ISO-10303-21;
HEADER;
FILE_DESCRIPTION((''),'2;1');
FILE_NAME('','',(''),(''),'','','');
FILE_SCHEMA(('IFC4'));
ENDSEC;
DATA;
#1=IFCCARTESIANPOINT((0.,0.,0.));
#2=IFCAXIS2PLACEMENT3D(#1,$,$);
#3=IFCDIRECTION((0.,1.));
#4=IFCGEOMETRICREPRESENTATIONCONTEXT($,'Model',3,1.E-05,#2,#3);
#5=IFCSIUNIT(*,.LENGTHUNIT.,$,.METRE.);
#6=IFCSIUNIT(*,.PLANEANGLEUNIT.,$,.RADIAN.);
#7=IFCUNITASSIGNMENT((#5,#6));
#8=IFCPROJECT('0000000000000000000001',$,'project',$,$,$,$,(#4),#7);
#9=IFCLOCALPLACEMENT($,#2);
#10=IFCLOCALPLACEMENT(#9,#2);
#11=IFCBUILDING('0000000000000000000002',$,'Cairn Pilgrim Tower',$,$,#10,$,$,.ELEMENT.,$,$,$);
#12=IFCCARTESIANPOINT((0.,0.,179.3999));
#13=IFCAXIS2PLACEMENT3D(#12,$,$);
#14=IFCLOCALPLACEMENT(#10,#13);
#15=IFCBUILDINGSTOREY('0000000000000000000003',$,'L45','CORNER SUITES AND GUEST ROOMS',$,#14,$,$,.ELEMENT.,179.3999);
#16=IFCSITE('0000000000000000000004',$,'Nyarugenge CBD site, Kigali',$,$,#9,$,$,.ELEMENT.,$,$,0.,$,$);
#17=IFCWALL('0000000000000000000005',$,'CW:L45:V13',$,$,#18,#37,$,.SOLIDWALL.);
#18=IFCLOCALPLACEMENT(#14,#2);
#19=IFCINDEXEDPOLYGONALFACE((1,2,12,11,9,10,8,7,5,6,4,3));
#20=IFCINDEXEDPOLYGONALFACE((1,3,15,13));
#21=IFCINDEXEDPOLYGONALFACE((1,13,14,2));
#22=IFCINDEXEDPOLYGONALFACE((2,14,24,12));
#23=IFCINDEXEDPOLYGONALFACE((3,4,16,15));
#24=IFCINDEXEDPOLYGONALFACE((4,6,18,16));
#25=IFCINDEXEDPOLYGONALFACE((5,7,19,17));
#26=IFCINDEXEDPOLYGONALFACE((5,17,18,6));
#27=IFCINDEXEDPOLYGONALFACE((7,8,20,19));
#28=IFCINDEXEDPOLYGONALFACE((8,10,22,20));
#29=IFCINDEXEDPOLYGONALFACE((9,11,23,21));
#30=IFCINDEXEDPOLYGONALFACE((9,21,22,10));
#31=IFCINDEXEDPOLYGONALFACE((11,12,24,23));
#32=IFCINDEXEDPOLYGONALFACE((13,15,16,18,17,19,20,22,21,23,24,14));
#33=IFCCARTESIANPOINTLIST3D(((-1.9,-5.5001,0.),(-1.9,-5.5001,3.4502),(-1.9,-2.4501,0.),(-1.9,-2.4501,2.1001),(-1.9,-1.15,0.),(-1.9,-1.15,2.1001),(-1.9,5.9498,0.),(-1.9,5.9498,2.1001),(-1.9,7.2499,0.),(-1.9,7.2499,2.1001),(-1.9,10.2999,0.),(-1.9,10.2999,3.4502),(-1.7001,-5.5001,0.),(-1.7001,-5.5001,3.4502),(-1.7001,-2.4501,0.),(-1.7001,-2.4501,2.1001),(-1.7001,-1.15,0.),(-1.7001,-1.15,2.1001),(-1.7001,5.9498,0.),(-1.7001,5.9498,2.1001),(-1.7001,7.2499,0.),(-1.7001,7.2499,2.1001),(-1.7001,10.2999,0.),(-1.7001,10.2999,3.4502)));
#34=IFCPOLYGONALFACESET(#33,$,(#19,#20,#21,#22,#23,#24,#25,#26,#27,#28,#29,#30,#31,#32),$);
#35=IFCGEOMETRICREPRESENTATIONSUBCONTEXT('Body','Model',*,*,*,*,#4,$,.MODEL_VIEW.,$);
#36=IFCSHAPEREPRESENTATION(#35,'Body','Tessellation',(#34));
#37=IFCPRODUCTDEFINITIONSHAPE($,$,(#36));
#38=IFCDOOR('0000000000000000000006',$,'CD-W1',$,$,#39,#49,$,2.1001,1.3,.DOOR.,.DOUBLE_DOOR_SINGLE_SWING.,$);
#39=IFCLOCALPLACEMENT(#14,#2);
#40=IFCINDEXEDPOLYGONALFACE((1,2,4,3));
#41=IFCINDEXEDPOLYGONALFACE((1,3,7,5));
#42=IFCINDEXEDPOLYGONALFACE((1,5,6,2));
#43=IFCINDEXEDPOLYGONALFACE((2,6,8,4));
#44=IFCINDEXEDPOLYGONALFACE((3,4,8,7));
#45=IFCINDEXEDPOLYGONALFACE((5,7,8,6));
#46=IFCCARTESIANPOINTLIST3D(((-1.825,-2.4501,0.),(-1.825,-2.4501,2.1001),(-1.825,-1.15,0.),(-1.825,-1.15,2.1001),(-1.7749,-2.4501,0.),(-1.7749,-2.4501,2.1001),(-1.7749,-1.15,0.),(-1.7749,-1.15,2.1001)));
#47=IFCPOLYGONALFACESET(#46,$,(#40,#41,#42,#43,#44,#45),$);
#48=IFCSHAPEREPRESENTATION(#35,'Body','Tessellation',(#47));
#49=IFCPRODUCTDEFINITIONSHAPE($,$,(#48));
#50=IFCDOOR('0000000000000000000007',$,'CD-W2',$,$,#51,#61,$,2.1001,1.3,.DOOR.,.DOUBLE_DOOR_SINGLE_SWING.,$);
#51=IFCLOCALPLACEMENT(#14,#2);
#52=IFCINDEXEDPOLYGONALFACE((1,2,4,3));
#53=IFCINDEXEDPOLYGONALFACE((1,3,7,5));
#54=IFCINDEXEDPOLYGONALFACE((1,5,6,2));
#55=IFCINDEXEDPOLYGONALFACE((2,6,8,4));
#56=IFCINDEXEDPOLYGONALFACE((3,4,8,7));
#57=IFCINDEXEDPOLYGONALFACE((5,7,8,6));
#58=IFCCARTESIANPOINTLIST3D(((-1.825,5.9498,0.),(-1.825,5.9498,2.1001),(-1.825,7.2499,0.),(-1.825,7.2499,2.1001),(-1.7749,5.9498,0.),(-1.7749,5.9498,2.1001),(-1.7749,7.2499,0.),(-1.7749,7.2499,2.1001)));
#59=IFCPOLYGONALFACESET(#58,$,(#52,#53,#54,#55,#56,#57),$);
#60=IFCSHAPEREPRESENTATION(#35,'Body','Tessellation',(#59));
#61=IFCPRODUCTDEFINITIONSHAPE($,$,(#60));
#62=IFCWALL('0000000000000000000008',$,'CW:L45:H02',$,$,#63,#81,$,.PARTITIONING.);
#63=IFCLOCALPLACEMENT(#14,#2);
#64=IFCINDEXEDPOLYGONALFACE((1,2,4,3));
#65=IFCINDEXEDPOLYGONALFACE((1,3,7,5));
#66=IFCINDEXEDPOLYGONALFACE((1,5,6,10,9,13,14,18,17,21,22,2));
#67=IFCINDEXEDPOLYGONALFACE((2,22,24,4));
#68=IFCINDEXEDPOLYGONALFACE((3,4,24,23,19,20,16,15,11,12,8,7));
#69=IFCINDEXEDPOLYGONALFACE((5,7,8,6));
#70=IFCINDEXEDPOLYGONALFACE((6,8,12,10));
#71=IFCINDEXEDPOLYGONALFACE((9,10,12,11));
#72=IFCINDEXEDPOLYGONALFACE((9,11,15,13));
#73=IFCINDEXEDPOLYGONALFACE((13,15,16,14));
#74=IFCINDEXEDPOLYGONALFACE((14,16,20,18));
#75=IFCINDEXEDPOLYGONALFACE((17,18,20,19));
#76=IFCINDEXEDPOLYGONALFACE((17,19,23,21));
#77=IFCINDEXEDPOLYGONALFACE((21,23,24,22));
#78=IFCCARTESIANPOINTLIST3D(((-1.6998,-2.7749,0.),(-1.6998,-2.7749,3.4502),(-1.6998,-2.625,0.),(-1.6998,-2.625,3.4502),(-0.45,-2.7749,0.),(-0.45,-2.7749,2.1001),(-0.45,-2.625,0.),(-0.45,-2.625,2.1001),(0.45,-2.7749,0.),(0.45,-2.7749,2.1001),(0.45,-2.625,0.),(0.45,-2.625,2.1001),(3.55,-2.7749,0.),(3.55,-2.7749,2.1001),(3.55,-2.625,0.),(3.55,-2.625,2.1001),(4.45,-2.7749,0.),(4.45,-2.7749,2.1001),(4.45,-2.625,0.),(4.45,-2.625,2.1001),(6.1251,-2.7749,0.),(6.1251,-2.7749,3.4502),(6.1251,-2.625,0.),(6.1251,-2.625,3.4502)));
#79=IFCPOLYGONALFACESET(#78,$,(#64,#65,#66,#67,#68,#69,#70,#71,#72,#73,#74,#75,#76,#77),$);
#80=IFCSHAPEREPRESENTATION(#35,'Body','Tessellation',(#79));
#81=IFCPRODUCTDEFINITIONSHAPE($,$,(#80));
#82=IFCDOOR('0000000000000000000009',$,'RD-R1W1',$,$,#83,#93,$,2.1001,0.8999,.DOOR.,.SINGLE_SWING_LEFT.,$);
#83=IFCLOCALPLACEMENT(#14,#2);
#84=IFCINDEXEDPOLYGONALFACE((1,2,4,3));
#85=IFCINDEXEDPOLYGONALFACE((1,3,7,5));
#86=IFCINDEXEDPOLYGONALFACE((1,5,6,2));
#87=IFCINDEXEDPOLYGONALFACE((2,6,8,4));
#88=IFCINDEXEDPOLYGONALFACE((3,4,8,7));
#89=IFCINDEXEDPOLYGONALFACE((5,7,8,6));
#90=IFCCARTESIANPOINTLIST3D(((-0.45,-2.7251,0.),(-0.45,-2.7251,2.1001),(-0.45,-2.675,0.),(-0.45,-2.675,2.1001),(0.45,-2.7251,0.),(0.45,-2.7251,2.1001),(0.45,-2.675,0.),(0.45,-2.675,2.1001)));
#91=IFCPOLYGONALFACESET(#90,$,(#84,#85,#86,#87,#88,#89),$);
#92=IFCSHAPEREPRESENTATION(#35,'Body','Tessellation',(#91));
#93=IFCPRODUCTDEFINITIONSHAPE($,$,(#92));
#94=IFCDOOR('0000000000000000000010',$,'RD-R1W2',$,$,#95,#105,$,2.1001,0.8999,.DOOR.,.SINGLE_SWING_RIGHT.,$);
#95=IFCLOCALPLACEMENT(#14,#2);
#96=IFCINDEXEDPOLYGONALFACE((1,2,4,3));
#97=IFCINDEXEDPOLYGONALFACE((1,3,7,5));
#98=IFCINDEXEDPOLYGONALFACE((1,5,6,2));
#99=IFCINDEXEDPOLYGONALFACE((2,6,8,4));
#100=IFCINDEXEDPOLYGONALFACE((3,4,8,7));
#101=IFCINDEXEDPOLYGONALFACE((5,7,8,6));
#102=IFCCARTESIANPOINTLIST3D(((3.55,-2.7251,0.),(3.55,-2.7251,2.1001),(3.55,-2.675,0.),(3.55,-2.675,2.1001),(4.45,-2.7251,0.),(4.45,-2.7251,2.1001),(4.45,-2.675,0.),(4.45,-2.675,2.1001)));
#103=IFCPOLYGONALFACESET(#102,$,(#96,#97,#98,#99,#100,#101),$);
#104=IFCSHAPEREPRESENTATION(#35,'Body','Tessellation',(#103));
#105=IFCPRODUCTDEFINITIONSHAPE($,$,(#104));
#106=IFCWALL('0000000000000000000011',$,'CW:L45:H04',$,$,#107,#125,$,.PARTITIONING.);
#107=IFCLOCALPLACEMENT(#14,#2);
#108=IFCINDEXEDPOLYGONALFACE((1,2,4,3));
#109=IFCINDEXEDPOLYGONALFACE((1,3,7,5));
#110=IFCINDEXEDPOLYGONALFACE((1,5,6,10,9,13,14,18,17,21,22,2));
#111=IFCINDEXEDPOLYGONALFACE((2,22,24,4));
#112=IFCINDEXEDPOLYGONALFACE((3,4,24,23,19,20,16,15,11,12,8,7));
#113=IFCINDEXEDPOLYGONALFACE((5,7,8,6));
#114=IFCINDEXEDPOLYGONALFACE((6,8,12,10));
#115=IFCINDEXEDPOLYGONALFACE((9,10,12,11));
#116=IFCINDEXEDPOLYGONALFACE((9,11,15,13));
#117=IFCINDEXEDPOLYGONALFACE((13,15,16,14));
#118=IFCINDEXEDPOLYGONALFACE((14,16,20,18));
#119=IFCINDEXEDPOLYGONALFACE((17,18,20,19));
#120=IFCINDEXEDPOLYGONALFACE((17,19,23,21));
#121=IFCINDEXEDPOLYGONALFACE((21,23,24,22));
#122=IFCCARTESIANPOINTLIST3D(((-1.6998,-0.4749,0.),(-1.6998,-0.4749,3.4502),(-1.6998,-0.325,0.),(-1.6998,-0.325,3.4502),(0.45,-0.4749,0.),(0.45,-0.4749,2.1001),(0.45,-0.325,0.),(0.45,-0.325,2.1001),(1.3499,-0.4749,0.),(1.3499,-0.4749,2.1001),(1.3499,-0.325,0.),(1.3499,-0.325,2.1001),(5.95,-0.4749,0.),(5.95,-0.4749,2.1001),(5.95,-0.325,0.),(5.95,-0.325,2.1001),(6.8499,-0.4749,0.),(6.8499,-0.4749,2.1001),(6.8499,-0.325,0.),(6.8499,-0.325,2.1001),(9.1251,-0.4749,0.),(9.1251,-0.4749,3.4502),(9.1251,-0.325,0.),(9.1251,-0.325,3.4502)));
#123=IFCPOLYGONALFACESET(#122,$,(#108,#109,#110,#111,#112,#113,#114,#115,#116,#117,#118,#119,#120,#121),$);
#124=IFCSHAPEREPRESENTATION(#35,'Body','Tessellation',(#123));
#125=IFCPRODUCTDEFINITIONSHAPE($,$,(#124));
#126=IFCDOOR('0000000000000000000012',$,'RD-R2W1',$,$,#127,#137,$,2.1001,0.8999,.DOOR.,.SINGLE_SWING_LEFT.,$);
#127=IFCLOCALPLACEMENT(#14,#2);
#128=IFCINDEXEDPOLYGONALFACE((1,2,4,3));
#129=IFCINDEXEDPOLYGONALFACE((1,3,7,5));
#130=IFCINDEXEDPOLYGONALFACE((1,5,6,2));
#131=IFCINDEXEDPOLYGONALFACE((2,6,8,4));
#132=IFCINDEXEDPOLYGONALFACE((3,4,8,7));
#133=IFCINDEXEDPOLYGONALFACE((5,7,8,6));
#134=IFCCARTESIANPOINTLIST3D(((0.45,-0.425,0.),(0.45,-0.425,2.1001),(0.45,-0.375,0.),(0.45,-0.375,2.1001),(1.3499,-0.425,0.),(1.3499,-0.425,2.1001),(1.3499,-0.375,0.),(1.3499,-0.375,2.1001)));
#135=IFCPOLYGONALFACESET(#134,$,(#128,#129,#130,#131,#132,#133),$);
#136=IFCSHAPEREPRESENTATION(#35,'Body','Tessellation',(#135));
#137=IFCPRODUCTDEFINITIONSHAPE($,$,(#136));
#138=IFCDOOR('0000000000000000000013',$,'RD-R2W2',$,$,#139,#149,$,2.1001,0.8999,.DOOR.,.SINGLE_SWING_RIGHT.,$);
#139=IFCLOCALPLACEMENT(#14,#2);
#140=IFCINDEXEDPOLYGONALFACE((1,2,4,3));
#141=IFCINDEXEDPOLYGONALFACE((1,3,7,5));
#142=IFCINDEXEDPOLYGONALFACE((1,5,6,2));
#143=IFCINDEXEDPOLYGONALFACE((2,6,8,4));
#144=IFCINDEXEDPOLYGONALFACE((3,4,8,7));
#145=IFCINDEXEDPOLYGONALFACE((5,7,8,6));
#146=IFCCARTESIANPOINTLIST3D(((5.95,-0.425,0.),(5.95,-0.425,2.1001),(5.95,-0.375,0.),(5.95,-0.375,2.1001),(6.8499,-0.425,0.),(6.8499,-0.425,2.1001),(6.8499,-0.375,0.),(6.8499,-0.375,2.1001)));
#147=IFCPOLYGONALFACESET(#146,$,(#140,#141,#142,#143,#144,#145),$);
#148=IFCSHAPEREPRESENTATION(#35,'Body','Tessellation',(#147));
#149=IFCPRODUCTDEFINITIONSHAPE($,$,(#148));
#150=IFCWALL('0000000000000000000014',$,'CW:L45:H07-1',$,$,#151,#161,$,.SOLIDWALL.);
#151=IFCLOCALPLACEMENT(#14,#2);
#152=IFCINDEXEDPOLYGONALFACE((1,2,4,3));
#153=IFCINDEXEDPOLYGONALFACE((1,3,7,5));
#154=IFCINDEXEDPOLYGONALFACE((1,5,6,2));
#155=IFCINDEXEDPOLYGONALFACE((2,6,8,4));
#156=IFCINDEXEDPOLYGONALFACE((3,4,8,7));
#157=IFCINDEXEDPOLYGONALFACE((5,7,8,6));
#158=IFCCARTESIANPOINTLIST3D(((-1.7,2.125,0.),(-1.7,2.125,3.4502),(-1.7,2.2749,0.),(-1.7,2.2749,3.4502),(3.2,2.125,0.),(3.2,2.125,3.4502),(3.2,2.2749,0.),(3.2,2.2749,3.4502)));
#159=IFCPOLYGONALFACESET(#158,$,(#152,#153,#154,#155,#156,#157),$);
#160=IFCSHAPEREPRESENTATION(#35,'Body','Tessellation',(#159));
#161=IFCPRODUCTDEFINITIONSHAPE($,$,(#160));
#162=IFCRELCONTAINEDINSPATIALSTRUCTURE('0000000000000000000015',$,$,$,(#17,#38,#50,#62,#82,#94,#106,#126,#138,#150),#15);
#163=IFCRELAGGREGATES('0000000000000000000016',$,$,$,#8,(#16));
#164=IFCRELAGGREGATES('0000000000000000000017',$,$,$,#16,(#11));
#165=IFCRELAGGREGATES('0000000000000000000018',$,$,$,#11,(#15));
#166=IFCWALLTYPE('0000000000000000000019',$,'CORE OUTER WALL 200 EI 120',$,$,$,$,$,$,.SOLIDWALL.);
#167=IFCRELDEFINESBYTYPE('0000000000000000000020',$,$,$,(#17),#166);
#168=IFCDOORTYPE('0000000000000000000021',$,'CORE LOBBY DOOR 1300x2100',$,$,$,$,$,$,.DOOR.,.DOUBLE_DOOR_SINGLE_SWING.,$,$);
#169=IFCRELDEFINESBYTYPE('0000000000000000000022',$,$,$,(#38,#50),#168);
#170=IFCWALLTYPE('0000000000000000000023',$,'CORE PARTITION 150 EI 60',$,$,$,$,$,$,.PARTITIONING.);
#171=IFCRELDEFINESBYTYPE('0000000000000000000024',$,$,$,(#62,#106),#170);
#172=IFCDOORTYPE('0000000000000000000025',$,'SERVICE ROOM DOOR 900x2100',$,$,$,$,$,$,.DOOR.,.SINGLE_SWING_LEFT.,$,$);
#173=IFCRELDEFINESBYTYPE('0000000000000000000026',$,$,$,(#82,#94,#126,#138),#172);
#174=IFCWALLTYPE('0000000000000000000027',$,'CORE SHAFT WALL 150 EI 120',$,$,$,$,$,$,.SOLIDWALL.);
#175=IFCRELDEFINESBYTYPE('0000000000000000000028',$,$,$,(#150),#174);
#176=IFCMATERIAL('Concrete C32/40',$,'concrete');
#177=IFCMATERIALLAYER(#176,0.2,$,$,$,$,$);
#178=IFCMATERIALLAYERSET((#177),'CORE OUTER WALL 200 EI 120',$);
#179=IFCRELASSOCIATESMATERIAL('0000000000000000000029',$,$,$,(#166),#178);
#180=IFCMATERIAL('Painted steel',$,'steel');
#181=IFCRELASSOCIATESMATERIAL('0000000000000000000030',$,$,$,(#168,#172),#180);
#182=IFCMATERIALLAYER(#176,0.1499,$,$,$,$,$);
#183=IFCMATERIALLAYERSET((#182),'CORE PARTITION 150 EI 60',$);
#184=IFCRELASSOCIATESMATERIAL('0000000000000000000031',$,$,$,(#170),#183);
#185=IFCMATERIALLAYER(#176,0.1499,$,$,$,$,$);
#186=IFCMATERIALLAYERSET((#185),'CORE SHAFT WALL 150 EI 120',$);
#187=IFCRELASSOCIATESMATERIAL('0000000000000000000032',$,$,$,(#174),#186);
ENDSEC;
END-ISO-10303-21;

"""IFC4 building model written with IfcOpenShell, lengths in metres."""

from ifc_helpers import new_model, si_unit, direction, frame, frame_2d, origin, place, context, subcontext, project, spatial, rectangle, extrude, material, layer, layer_set, type_object, element, fill, save


model = new_model("IFC4")

# Units and contexts
model_context = context("Model", 3, precision=1e-05, world=origin(), true_north=direction((0.0, 1.0)))
body_context = subcontext(model_context, "Body", "Model", "MODEL_VIEW")
ifc_project = project(units=[si_unit("LENGTHUNIT", "METRE"), si_unit("PLANEANGLEUNIT", "RADIAN")], contexts=[model_context])

# Site, building, storey
site_placement = place(None, origin())
site = spatial("IfcSite", under=ifc_project, at=site_placement, Name="Nyarugenge CBD site, Kigali", CompositionType="ELEMENT", RefElevation=0.0)
building_placement = place(site_placement, origin())
building = spatial("IfcBuilding", under=site, at=building_placement, Name="Cairn Pilgrim Tower", CompositionType="ELEMENT")
storey_placement = place(building_placement, frame((0.0, 0.0, 179.3999)))
storey = spatial("IfcBuildingStorey", under=building, at=storey_placement, Name="L45", Description="CORNER SUITES AND GUEST ROOMS", CompositionType="ELEMENT", Elevation=179.3999)

# Shared definitions
ifc_material_1 = material(Name="Concrete C32/40", Category="concrete")
ifc_layer_1 = layer(ifc_material_1, 0.2)
ifc_layer_set_1 = layer_set([ifc_layer_1], Name="CORE OUTER WALL 200 EI 120")
wall_type_1 = type_object("IfcWallType", Name="CORE OUTER WALL 200 EI 120", PredefinedType="SOLIDWALL", material=ifc_layer_set_1)

# Walls, openings, doors
wall_1_placement = place(storey_placement, frame((-1.8, -5.5, 0.0), z_axis=(0.0, 0.0, 1.0), x_axis=(0.0, 1.0, 0.0)))
wall_1 = element("IfcWall", 1, at=wall_1_placement, inside=storey, type_object=wall_type_1, Name="CW:L45:V13", PredefinedType="SOLIDWALL", context=body_context, shape_type="SweptSolid", body=[
    extrude(rectangle(XDim=15.8, YDim=0.2, at=frame_2d((7.8999, 0.0))), origin(), (0.0, 0.0, 1.0), 3.4502),
])
opening_1_placement = place(wall_1_placement, frame((3.05, 0.0, 0.0)))
opening_1 = element("IfcOpeningElement", 2, at=opening_1_placement, cuts=wall_1, PredefinedType="OPENING", context=body_context, shape_type="SweptSolid", body=[
    extrude(rectangle(XDim=1.3, YDim=2.1001, at=frame_2d((0.6499, 1.05))), frame((0.0, 0.1099, 0.0), z_axis=(0.0, -1.0, 0.0), x_axis=(1.0, 0.0, 0.0)), (0.0, 0.0, 1.0), 0.22),
])
opening_2_placement = place(wall_1_placement, frame((11.45, 0.0, 0.0)))
opening_2 = element("IfcOpeningElement", 3, at=opening_2_placement, cuts=wall_1, PredefinedType="OPENING", context=body_context, shape_type="SweptSolid", body=[
    extrude(rectangle(XDim=1.3, YDim=2.1001, at=frame_2d((0.6499, 1.05))), frame((0.0, 0.1099, 0.0), z_axis=(0.0, -1.0, 0.0), x_axis=(1.0, 0.0, 0.0)), (0.0, 0.0, 1.0), 0.22),
])
ifc_material_2 = material(Name="Painted steel", Category="steel")
door_type_1 = type_object("IfcDoorType", Name="CORE LOBBY DOOR 1300x2100", OperationType="DOUBLE_DOOR_SINGLE_SWING", PredefinedType="DOOR", material=ifc_material_2)
door_1_placement = place(opening_1_placement, origin())
door_1 = element("IfcDoor", 4, at=door_1_placement, inside=storey, type_object=door_type_1, Name="CD-W1", OperationType="DOUBLE_DOOR_SINGLE_SWING", OverallHeight=2.1001, OverallWidth=1.3, PredefinedType="DOOR", context=body_context, shape_type="SweptSolid", body=[
    extrude(rectangle(XDim=1.3, YDim=2.1001, at=frame_2d((0.6499, 1.05))), frame((0.0, 0.0249, 0.0), z_axis=(0.0, -1.0, 0.0), x_axis=(1.0, 0.0, 0.0)), (0.0, 0.0, 1.0), 0.05),
])
fill(opening_1, door_1)
door_2_placement = place(opening_2_placement, origin())
door_2 = element("IfcDoor", 5, at=door_2_placement, inside=storey, type_object=door_type_1, Name="CD-W2", OperationType="DOUBLE_DOOR_SINGLE_SWING", OverallHeight=2.1001, OverallWidth=1.3, PredefinedType="DOOR", context=body_context, shape_type="SweptSolid", body=[
    extrude(rectangle(XDim=1.3, YDim=2.1001, at=frame_2d((0.6499, 1.05))), frame((0.0, 0.0249, 0.0), z_axis=(0.0, -1.0, 0.0), x_axis=(1.0, 0.0, 0.0)), (0.0, 0.0, 1.0), 0.05),
])
fill(opening_2, door_2)
ifc_layer_2 = layer(ifc_material_1, 0.1499)
ifc_layer_set_2 = layer_set([ifc_layer_2], Name="CORE PARTITION 150 EI 60")
wall_type_2 = type_object("IfcWallType", Name="CORE PARTITION 150 EI 60", PredefinedType="PARTITIONING", material=ifc_layer_set_2)
wall_2_placement = place(storey_placement, frame((-1.7, -2.7, 0.0), z_axis=(0.0, 0.0, 1.0), x_axis=(1.0, 0.0, 0.0)))
wall_2 = element("IfcWall", 6, at=wall_2_placement, inside=storey, type_object=wall_type_2, Name="CW:L45:H02", PredefinedType="PARTITIONING", context=body_context, shape_type="SweptSolid", body=[
    extrude(rectangle(XDim=7.825, YDim=0.1499, at=frame_2d((3.9126, 0.0))), origin(), (0.0, 0.0, 1.0), 3.4502),
])
opening_3_placement = place(wall_2_placement, frame((1.25, 0.0, 0.0)))
opening_3 = element("IfcOpeningElement", 7, at=opening_3_placement, cuts=wall_2, PredefinedType="OPENING", context=body_context, shape_type="SweptSolid", body=[
    extrude(rectangle(XDim=0.8999, YDim=2.1001, at=frame_2d((0.45, 1.05))), frame((0.0, 0.085, 0.0), z_axis=(0.0, -1.0, 0.0), x_axis=(1.0, 0.0, 0.0)), (0.0, 0.0, 1.0), 0.1699),
])
opening_4_placement = place(wall_2_placement, frame((5.25, 0.0, 0.0)))
opening_4 = element("IfcOpeningElement", 8, at=opening_4_placement, cuts=wall_2, PredefinedType="OPENING", context=body_context, shape_type="SweptSolid", body=[
    extrude(rectangle(XDim=0.8999, YDim=2.1001, at=frame_2d((0.45, 1.05))), frame((0.0, 0.085, 0.0), z_axis=(0.0, -1.0, 0.0), x_axis=(1.0, 0.0, 0.0)), (0.0, 0.0, 1.0), 0.1699),
])
door_type_2 = type_object("IfcDoorType", Name="SERVICE ROOM DOOR 900x2100", OperationType="SINGLE_SWING_LEFT", PredefinedType="DOOR", material=ifc_material_2)
door_3_placement = place(opening_3_placement, origin())
door_3 = element("IfcDoor", 9, at=door_3_placement, inside=storey, type_object=door_type_2, Name="RD-R1W1", OperationType="SINGLE_SWING_LEFT", OverallHeight=2.1001, OverallWidth=0.8999, PredefinedType="DOOR", context=body_context, shape_type="SweptSolid", body=[
    extrude(rectangle(XDim=0.8999, YDim=2.1001, at=frame_2d((0.45, 1.05))), frame((0.0, 0.0249, 0.0), z_axis=(0.0, -1.0, 0.0), x_axis=(1.0, 0.0, 0.0)), (0.0, 0.0, 1.0), 0.05),
])
fill(opening_3, door_3)
door_4_placement = place(opening_4_placement, origin())
door_4 = element("IfcDoor", 10, at=door_4_placement, inside=storey, type_object=door_type_2, Name="RD-R1W2", OperationType="SINGLE_SWING_RIGHT", OverallHeight=2.1001, OverallWidth=0.8999, PredefinedType="DOOR", context=body_context, shape_type="SweptSolid", body=[
    extrude(rectangle(XDim=0.8999, YDim=2.1001, at=frame_2d((0.45, 1.05))), frame((0.0, 0.0249, 0.0), z_axis=(0.0, -1.0, 0.0), x_axis=(1.0, 0.0, 0.0)), (0.0, 0.0, 1.0), 0.05),
])
fill(opening_4, door_4)
wall_3_placement = place(storey_placement, frame((-1.7, -0.3999, 0.0), z_axis=(0.0, 0.0, 1.0), x_axis=(1.0, 0.0, 0.0)))
wall_3 = element("IfcWall", 11, at=wall_3_placement, inside=storey, type_object=wall_type_2, Name="CW:L45:H04", PredefinedType="PARTITIONING", context=body_context, shape_type="SweptSolid", body=[
    extrude(rectangle(XDim=10.825, YDim=0.1499, at=frame_2d((5.4126, 0.0))), origin(), (0.0, 0.0, 1.0), 3.4502),
])
opening_5_placement = place(wall_3_placement, frame((2.1499, 0.0, 0.0)))
opening_5 = element("IfcOpeningElement", 12, at=opening_5_placement, cuts=wall_3, PredefinedType="OPENING", context=body_context, shape_type="SweptSolid", body=[
    extrude(rectangle(XDim=0.8999, YDim=2.1001, at=frame_2d((0.45, 1.05))), frame((0.0, 0.085, 0.0), z_axis=(0.0, -1.0, 0.0), x_axis=(1.0, 0.0, 0.0)), (0.0, 0.0, 1.0), 0.1699),
])
opening_6_placement = place(wall_3_placement, frame((7.6499, 0.0, 0.0)))
opening_6 = element("IfcOpeningElement", 13, at=opening_6_placement, cuts=wall_3, PredefinedType="OPENING", context=body_context, shape_type="SweptSolid", body=[
    extrude(rectangle(XDim=0.8999, YDim=2.1001, at=frame_2d((0.45, 1.05))), frame((0.0, 0.085, 0.0), z_axis=(0.0, -1.0, 0.0), x_axis=(1.0, 0.0, 0.0)), (0.0, 0.0, 1.0), 0.1699),
])
door_5_placement = place(opening_5_placement, origin())
door_5 = element("IfcDoor", 14, at=door_5_placement, inside=storey, type_object=door_type_2, Name="RD-R2W1", OperationType="SINGLE_SWING_LEFT", OverallHeight=2.1001, OverallWidth=0.8999, PredefinedType="DOOR", context=body_context, shape_type="SweptSolid", body=[
    extrude(rectangle(XDim=0.8999, YDim=2.1001, at=frame_2d((0.45, 1.05))), frame((0.0, 0.0249, 0.0), z_axis=(0.0, -1.0, 0.0), x_axis=(1.0, 0.0, 0.0)), (0.0, 0.0, 1.0), 0.05),
])
fill(opening_5, door_5)
door_6_placement = place(opening_6_placement, origin())
door_6 = element("IfcDoor", 15, at=door_6_placement, inside=storey, type_object=door_type_2, Name="RD-R2W2", OperationType="SINGLE_SWING_RIGHT", OverallHeight=2.1001, OverallWidth=0.8999, PredefinedType="DOOR", context=body_context, shape_type="SweptSolid", body=[
    extrude(rectangle(XDim=0.8999, YDim=2.1001, at=frame_2d((0.45, 1.05))), frame((0.0, 0.0249, 0.0), z_axis=(0.0, -1.0, 0.0), x_axis=(1.0, 0.0, 0.0)), (0.0, 0.0, 1.0), 0.05),
])
fill(opening_6, door_6)

# Wall
ifc_layer_3 = layer(ifc_material_1, 0.1499)
ifc_layer_set_3 = layer_set([ifc_layer_3], Name="CORE SHAFT WALL 150 EI 120")
wall_type_3 = type_object("IfcWallType", Name="CORE SHAFT WALL 150 EI 120", PredefinedType="SOLIDWALL", material=ifc_layer_set_3)
wall_4_placement = place(storey_placement, frame((-1.7, 2.2, 0.0), z_axis=(0.0, 0.0, 1.0), x_axis=(1.0, 0.0, 0.0)))
element("IfcWall", 16, at=wall_4_placement, inside=storey, type_object=wall_type_3, Name="CW:L45:H07-1", PredefinedType="SOLIDWALL", context=body_context, shape_type="SweptSolid", body=[
    extrude(rectangle(XDim=4.8999, YDim=0.1499, at=frame_2d((2.45, 0.0))), origin(), (0.0, 0.0, 1.0), 3.4502),
])

save(model, "model.ifc")
